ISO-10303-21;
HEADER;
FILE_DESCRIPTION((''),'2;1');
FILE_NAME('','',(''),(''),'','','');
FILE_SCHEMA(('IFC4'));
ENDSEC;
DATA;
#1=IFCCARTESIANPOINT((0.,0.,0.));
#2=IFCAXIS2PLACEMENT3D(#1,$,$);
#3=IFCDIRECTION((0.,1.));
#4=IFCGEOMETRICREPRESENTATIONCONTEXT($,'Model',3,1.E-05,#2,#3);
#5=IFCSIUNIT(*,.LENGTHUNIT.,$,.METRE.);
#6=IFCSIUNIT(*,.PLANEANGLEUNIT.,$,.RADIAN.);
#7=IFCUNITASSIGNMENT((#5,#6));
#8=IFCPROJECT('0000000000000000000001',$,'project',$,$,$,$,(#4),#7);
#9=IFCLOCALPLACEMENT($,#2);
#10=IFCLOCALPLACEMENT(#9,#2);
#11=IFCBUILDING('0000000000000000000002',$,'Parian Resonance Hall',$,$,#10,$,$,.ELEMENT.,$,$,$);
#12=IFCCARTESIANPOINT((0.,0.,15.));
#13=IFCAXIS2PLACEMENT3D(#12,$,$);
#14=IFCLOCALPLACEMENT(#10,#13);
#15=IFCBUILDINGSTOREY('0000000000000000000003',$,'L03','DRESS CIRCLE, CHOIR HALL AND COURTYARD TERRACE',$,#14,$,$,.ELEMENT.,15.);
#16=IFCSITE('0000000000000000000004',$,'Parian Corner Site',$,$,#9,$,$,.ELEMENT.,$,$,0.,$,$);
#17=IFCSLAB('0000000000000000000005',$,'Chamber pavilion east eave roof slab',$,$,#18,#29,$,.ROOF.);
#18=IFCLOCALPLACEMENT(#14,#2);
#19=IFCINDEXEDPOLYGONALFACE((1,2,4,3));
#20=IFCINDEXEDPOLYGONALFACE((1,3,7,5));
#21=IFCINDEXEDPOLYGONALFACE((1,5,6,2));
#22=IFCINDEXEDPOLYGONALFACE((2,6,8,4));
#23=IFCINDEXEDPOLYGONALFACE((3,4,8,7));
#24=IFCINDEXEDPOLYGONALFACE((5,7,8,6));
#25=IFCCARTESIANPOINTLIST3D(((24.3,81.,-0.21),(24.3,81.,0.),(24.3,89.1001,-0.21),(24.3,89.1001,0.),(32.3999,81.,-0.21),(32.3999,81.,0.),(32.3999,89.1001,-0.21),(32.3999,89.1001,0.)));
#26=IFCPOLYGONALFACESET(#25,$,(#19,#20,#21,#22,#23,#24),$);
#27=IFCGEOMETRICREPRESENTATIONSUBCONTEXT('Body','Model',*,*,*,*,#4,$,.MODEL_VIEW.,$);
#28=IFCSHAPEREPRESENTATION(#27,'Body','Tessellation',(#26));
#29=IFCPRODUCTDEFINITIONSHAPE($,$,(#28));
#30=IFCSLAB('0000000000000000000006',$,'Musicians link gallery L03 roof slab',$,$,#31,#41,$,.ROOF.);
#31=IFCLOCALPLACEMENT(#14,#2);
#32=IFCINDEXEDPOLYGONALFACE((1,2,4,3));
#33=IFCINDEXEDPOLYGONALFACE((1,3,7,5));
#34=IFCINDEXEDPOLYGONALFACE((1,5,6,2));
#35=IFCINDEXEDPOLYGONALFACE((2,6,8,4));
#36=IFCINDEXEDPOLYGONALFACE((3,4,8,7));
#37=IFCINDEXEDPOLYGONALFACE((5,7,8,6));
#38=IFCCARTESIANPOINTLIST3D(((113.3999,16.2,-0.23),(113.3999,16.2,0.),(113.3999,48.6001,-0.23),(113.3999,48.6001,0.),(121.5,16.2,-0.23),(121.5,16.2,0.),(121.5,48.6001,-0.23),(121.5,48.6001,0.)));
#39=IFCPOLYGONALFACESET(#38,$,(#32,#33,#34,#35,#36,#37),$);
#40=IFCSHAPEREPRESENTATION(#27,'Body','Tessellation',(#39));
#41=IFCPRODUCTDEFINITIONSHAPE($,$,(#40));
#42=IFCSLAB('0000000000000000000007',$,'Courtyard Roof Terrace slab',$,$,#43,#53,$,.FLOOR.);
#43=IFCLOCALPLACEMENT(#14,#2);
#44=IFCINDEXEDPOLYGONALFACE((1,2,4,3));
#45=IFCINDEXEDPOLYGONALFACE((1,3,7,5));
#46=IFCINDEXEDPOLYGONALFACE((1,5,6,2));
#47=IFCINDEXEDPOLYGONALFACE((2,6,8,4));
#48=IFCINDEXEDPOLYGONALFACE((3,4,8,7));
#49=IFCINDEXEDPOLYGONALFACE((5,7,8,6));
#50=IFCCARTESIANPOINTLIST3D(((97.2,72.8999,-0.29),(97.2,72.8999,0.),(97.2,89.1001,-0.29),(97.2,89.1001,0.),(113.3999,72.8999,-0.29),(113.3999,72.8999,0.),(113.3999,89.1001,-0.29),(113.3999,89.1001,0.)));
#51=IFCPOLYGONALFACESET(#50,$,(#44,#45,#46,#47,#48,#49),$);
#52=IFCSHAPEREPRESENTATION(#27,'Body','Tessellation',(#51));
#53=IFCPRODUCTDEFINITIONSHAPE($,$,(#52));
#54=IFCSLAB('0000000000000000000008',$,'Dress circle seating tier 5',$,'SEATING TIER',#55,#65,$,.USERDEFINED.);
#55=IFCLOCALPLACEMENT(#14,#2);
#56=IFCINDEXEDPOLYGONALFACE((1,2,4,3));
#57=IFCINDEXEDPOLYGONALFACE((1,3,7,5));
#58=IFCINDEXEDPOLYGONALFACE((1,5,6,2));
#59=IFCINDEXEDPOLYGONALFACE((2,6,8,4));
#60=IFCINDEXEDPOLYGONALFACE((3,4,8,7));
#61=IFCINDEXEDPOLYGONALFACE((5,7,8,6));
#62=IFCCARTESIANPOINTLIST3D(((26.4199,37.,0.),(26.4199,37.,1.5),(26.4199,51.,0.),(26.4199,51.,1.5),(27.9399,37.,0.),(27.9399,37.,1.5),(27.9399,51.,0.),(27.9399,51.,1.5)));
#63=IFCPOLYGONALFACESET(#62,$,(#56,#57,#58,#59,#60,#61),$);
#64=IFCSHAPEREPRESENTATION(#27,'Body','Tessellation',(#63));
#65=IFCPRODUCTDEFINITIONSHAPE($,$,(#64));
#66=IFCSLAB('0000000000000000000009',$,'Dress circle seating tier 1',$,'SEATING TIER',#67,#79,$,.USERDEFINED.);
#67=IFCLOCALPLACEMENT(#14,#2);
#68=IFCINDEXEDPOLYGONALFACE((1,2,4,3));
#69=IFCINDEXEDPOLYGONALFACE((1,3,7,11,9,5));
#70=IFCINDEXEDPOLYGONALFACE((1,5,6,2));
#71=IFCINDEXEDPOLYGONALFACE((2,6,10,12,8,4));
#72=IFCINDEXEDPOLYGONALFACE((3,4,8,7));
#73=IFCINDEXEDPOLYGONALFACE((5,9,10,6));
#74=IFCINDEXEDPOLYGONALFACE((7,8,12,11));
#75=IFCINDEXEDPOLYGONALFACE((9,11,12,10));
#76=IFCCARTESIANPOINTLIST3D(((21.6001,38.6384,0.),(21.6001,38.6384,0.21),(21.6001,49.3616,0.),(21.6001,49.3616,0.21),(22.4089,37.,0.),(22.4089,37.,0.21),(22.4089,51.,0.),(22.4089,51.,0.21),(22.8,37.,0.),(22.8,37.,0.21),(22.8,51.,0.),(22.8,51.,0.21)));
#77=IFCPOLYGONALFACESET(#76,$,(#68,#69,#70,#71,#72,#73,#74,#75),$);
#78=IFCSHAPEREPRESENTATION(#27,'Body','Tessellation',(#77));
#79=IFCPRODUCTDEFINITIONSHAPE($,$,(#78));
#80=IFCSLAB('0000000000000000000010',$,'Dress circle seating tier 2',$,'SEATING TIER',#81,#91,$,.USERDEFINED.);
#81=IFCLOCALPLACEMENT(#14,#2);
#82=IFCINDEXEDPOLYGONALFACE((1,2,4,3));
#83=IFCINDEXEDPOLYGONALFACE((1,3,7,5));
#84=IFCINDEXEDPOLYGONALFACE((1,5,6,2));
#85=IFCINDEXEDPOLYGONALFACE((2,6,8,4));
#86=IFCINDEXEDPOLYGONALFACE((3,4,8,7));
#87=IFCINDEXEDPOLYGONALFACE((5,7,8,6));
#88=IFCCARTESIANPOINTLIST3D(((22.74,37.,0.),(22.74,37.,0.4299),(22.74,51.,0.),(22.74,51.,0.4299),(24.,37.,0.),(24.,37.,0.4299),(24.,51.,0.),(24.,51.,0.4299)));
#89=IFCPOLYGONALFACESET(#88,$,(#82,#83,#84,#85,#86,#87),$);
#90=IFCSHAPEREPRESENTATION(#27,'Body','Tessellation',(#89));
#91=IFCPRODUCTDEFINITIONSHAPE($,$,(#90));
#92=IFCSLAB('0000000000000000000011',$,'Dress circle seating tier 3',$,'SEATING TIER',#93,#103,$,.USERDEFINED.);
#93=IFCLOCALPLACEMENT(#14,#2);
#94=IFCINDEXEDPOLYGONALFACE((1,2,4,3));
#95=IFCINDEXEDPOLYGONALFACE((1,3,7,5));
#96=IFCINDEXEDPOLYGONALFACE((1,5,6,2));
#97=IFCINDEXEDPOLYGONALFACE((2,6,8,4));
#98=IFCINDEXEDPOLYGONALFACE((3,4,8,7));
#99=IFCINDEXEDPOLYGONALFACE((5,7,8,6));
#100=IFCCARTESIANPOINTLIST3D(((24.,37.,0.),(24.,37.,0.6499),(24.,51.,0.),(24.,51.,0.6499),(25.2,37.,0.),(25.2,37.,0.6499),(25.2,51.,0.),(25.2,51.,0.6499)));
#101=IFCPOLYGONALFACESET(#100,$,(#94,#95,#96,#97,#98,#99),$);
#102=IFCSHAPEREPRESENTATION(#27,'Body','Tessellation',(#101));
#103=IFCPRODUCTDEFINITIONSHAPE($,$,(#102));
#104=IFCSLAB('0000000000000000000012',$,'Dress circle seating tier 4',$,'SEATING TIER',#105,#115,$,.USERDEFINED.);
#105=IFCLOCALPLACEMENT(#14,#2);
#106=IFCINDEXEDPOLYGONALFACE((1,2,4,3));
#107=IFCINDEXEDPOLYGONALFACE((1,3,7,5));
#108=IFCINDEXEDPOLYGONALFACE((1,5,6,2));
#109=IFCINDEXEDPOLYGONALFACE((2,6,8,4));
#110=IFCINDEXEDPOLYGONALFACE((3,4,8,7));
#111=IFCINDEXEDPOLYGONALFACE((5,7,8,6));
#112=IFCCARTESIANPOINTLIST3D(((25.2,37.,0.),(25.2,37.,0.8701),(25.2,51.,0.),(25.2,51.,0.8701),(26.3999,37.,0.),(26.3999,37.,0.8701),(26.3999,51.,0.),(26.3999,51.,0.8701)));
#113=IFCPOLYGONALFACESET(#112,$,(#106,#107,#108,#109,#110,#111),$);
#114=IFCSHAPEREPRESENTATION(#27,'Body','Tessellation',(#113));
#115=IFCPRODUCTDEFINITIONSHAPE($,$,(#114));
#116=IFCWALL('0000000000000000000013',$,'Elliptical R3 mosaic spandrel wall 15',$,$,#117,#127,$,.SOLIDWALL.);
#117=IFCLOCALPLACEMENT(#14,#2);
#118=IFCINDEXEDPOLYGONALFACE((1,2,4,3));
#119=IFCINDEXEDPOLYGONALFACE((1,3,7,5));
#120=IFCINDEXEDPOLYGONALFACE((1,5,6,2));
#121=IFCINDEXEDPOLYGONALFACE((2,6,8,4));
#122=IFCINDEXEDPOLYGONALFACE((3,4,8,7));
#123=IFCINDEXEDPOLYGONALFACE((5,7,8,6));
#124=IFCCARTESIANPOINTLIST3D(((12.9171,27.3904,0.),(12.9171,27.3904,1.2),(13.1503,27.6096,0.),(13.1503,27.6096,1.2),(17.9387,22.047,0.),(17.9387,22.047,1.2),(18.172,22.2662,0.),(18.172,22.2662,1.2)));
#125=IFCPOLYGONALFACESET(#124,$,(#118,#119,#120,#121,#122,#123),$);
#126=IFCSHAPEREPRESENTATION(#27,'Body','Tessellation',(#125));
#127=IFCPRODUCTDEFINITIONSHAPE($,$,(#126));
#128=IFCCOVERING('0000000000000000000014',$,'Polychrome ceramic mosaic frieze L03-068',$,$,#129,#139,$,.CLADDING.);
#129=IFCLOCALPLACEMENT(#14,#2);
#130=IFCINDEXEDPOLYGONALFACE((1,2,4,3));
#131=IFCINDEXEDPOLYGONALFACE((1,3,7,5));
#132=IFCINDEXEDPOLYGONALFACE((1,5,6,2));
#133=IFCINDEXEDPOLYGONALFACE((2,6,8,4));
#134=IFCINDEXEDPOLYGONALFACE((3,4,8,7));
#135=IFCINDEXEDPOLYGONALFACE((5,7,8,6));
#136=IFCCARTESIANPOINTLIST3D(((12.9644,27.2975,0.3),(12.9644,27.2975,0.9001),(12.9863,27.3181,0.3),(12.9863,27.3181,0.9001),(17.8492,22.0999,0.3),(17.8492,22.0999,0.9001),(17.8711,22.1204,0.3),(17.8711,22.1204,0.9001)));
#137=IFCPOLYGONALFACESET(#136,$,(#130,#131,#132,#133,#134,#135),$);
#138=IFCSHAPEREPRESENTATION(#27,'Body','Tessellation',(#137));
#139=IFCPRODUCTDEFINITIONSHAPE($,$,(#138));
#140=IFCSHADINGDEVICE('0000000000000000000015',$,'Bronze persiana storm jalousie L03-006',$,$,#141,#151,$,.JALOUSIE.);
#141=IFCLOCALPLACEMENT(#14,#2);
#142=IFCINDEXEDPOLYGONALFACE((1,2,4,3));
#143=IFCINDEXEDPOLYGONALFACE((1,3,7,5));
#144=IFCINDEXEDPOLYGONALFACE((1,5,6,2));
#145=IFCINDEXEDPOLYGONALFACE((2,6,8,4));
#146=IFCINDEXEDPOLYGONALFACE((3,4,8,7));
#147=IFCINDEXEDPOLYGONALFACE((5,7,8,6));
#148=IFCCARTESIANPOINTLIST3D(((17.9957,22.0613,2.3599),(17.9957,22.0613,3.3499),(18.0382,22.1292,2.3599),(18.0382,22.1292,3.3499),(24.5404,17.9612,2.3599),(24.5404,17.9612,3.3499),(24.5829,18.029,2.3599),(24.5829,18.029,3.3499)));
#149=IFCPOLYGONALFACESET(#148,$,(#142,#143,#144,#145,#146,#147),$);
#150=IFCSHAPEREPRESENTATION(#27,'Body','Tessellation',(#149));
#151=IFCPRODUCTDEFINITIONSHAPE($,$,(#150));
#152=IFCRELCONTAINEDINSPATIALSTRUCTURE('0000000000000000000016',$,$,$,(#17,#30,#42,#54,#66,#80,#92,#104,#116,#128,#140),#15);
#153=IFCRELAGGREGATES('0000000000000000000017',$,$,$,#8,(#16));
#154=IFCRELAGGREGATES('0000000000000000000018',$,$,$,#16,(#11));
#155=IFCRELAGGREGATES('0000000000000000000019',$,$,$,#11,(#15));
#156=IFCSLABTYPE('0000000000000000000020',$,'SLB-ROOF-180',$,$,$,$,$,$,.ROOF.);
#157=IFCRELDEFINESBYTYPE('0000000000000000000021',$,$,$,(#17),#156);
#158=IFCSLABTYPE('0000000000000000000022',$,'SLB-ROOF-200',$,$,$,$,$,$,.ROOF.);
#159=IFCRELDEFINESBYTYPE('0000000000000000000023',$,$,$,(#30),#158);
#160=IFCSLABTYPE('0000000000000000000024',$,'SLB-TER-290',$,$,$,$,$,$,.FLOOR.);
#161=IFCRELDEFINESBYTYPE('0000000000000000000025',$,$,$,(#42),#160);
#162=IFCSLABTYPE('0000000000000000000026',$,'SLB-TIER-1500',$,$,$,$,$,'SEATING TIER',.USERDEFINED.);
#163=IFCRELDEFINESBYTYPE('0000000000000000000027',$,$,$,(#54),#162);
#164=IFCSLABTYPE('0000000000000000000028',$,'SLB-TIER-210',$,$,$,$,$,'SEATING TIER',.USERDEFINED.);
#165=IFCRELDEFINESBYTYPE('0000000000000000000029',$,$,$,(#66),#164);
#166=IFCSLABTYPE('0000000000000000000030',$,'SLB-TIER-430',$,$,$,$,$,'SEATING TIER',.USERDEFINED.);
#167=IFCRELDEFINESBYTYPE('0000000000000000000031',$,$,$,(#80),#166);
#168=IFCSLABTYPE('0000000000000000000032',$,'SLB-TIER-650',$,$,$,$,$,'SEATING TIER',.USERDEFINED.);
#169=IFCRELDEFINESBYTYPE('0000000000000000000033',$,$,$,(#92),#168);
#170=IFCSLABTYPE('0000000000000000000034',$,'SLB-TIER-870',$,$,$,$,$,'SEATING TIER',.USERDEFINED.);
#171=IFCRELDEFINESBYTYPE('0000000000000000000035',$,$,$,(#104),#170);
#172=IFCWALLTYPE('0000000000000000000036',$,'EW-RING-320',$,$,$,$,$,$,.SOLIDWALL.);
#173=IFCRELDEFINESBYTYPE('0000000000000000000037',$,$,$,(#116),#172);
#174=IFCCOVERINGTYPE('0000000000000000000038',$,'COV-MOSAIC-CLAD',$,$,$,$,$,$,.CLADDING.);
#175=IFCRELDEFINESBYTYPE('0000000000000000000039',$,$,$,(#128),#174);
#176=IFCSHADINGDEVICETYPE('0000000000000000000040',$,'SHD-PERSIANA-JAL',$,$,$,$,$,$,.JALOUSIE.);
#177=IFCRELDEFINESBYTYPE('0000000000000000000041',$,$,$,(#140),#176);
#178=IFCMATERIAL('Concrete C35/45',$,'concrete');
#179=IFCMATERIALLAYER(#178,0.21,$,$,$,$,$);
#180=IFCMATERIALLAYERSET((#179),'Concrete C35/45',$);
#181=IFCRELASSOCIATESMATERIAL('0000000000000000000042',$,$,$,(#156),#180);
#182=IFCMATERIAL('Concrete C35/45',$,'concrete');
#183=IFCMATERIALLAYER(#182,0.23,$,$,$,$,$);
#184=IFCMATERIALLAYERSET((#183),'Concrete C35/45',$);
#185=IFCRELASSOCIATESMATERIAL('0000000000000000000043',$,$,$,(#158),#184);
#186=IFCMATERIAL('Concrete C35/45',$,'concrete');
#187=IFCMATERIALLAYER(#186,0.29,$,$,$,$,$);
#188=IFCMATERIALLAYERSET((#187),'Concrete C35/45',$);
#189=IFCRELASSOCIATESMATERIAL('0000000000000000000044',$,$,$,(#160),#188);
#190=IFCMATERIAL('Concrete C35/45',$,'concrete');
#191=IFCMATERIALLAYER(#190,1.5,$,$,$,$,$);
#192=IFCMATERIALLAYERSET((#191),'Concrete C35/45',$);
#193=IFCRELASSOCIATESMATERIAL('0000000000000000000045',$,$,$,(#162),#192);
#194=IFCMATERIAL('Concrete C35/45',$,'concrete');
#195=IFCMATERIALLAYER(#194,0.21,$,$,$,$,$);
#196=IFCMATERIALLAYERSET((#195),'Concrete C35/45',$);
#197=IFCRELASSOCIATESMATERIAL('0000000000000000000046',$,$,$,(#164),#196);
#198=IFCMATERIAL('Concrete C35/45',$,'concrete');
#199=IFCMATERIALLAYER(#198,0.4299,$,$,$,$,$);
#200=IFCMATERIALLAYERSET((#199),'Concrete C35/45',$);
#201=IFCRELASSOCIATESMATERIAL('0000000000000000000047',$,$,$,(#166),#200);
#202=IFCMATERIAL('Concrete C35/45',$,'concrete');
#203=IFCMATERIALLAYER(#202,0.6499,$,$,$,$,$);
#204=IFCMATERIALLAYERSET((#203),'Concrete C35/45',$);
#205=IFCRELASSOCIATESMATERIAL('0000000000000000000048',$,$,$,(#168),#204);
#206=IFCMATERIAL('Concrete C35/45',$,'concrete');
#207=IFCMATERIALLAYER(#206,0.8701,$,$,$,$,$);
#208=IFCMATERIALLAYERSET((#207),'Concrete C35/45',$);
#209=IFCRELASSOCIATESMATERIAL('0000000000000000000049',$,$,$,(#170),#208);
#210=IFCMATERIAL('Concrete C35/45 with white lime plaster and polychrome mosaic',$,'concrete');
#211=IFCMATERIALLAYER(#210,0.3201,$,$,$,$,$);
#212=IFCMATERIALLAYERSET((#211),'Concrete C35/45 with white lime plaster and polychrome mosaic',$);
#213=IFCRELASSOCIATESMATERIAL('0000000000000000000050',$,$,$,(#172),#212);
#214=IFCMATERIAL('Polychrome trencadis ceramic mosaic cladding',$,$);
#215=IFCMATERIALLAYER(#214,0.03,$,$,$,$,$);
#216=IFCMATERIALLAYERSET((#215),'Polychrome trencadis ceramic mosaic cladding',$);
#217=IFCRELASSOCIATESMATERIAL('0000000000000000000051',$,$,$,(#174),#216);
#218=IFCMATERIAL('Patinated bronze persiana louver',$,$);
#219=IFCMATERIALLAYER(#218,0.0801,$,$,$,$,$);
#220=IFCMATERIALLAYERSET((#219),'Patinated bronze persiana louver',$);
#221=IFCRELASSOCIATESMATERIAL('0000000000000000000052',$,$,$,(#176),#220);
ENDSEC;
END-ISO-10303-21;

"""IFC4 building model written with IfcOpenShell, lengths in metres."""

from ifc_helpers import new_model, si_unit, direction, frame, frame_2d, origin, origin_2d, place, context, subcontext, project, spatial, polyline, rectangle, outline, extrude, material, layer, layer_set, type_object, element, save


model = new_model("IFC4")

# Units and contexts
model_context = context("Model", 3, precision=1e-05, world=origin(), true_north=direction((0.0, 1.0)))
body_context = subcontext(model_context, "Body", "Model", "MODEL_VIEW")
ifc_project = project(units=[si_unit("LENGTHUNIT", "METRE"), si_unit("PLANEANGLEUNIT", "RADIAN")], contexts=[model_context])

# Site, building, storey
site_placement = place(None, origin())
site = spatial("IfcSite", under=ifc_project, at=site_placement, Name="Parian Corner Site", CompositionType="ELEMENT", RefElevation=0.0)
building_placement = place(site_placement, origin())
building = spatial("IfcBuilding", under=site, at=building_placement, Name="Parian Resonance Hall", CompositionType="ELEMENT")
storey_placement = place(building_placement, frame((0.0, 0.0, 15.0)))
storey = spatial("IfcBuildingStorey", under=building, at=storey_placement, Name="L03", Description="DRESS CIRCLE, CHOIR HALL AND COURTYARD TERRACE", CompositionType="ELEMENT", Elevation=15.0)

# Slabs
ifc_material_1 = material(Name="Concrete C35/45", Category="concrete")
ifc_layer_1 = layer(ifc_material_1, 0.21)
ifc_layer_set_1 = layer_set([ifc_layer_1], Name="Concrete C35/45")
slab_type_1 = type_object("IfcSlabType", Name="SLB-ROOF-180", PredefinedType="ROOF", material=ifc_layer_set_1)
slab_1_placement = place(storey_placement, frame((0.0, 0.0, -0.21)))
element("IfcSlab", 1, at=slab_1_placement, inside=storey, type_object=slab_type_1, Name="Chamber pavilion east eave roof slab", PredefinedType="ROOF", context=body_context, shape_type="SweptSolid", body=[
    extrude(outline(polyline([(24.3, 81.0), (32.3999, 81.0), (32.3999, 89.1001), (24.3, 89.1001), (24.3, 81.0)])), origin(), (0.0, 0.0, 1.0), 0.21),
])
ifc_material_2 = material(Name="Concrete C35/45", Category="concrete")
ifc_layer_2 = layer(ifc_material_2, 0.23)
ifc_layer_set_2 = layer_set([ifc_layer_2], Name="Concrete C35/45")
slab_type_2 = type_object("IfcSlabType", Name="SLB-ROOF-200", PredefinedType="ROOF", material=ifc_layer_set_2)
slab_2_placement = place(storey_placement, frame((0.0, 0.0, -0.23)))
element("IfcSlab", 2, at=slab_2_placement, inside=storey, type_object=slab_type_2, Name="Musicians link gallery L03 roof slab", PredefinedType="ROOF", context=body_context, shape_type="SweptSolid", body=[
    extrude(outline(polyline([(113.3999, 16.2), (121.5, 16.2), (121.5, 48.6001), (113.3999, 48.6001), (113.3999, 16.2)])), origin(), (0.0, 0.0, 1.0), 0.23),
])
ifc_material_3 = material(Name="Concrete C35/45", Category="concrete")
ifc_layer_3 = layer(ifc_material_3, 0.29)
ifc_layer_set_3 = layer_set([ifc_layer_3], Name="Concrete C35/45")
slab_type_3 = type_object("IfcSlabType", Name="SLB-TER-290", PredefinedType="FLOOR", material=ifc_layer_set_3)
slab_3_placement = place(storey_placement, frame((0.0, 0.0, -0.29)))
element("IfcSlab", 3, at=slab_3_placement, inside=storey, type_object=slab_type_3, Name="Courtyard Roof Terrace slab", PredefinedType="FLOOR", context=body_context, shape_type="SweptSolid", body=[
    extrude(outline(polyline([(97.2, 72.8999), (113.3999, 72.8999), (113.3999, 89.1001), (97.2, 89.1001), (97.2, 72.8999)])), origin(), (0.0, 0.0, 1.0), 0.29),
])
ifc_material_4 = material(Name="Concrete C35/45", Category="concrete")
ifc_layer_4 = layer(ifc_material_4, 1.5)
ifc_layer_set_4 = layer_set([ifc_layer_4], Name="Concrete C35/45")
slab_type_4 = type_object("IfcSlabType", Name="SLB-TIER-1500", ElementType="SEATING TIER", PredefinedType="USERDEFINED", material=ifc_layer_set_4)
slab_4_placement = place(storey_placement, origin())
element("IfcSlab", 4, at=slab_4_placement, inside=storey, type_object=slab_type_4, Name="Dress circle seating tier 5", ObjectType="SEATING TIER", PredefinedType="USERDEFINED", context=body_context, shape_type="SweptSolid", body=[
    extrude(outline(polyline([(26.4199, 37.0), (27.9399, 37.0), (27.9399, 51.0), (26.4199, 51.0), (26.4199, 37.0)])), origin(), (0.0, 0.0, 1.0), 1.5),
])
ifc_material_5 = material(Name="Concrete C35/45", Category="concrete")
ifc_layer_5 = layer(ifc_material_5, 0.21)
ifc_layer_set_5 = layer_set([ifc_layer_5], Name="Concrete C35/45")
slab_type_5 = type_object("IfcSlabType", Name="SLB-TIER-210", ElementType="SEATING TIER", PredefinedType="USERDEFINED", material=ifc_layer_set_5)
slab_5_placement = place(storey_placement, origin())
element("IfcSlab", 5, at=slab_5_placement, inside=storey, type_object=slab_type_5, Name="Dress circle seating tier 1", ObjectType="SEATING TIER", PredefinedType="USERDEFINED", context=body_context, shape_type="SweptSolid", body=[
    extrude(outline(polyline([(22.4089, 51.0), (21.6001, 49.3616), (21.6001, 38.6384), (22.4089, 37.0), (22.8, 37.0), (22.8, 51.0), (22.4089, 51.0)])), origin(), (0.0, 0.0, 1.0), 0.21),
])
ifc_material_6 = material(Name="Concrete C35/45", Category="concrete")
ifc_layer_6 = layer(ifc_material_6, 0.4299)
ifc_layer_set_6 = layer_set([ifc_layer_6], Name="Concrete C35/45")
slab_type_6 = type_object("IfcSlabType", Name="SLB-TIER-430", ElementType="SEATING TIER", PredefinedType="USERDEFINED", material=ifc_layer_set_6)
slab_6_placement = place(storey_placement, origin())
element("IfcSlab", 6, at=slab_6_placement, inside=storey, type_object=slab_type_6, Name="Dress circle seating tier 2", ObjectType="SEATING TIER", PredefinedType="USERDEFINED", context=body_context, shape_type="SweptSolid", body=[
    extrude(outline(polyline([(22.74, 37.0), (24.0, 37.0), (24.0, 51.0), (22.74, 51.0), (22.74, 37.0)])), origin(), (0.0, 0.0, 1.0), 0.4299),
])
ifc_material_7 = material(Name="Concrete C35/45", Category="concrete")
ifc_layer_7 = layer(ifc_material_7, 0.6499)
ifc_layer_set_7 = layer_set([ifc_layer_7], Name="Concrete C35/45")
slab_type_7 = type_object("IfcSlabType", Name="SLB-TIER-650", ElementType="SEATING TIER", PredefinedType="USERDEFINED", material=ifc_layer_set_7)
slab_7_placement = place(storey_placement, origin())
element("IfcSlab", 7, at=slab_7_placement, inside=storey, type_object=slab_type_7, Name="Dress circle seating tier 3", ObjectType="SEATING TIER", PredefinedType="USERDEFINED", context=body_context, shape_type="SweptSolid", body=[
    extrude(outline(polyline([(24.0, 37.0), (25.2, 37.0), (25.2, 51.0), (24.0, 51.0), (24.0, 37.0)])), origin(), (0.0, 0.0, 1.0), 0.6499),
])
ifc_material_8 = material(Name="Concrete C35/45", Category="concrete")
ifc_layer_8 = layer(ifc_material_8, 0.8701)
ifc_layer_set_8 = layer_set([ifc_layer_8], Name="Concrete C35/45")
slab_type_8 = type_object("IfcSlabType", Name="SLB-TIER-870", ElementType="SEATING TIER", PredefinedType="USERDEFINED", material=ifc_layer_set_8)
slab_8_placement = place(storey_placement, origin())
element("IfcSlab", 8, at=slab_8_placement, inside=storey, type_object=slab_type_8, Name="Dress circle seating tier 4", ObjectType="SEATING TIER", PredefinedType="USERDEFINED", context=body_context, shape_type="SweptSolid", body=[
    extrude(outline(polyline([(25.2, 37.0), (26.3999, 37.0), (26.3999, 51.0), (25.2, 51.0), (25.2, 37.0)])), origin(), (0.0, 0.0, 1.0), 0.8701),
])

# Wall
ifc_material_9 = material(Name="Concrete C35/45 with white lime plaster and polychrome mosaic", Category="concrete")
ifc_layer_9 = layer(ifc_material_9, 0.3201)
ifc_layer_set_9 = layer_set([ifc_layer_9], Name="Concrete C35/45 with white lime plaster and polychrome mosaic")
wall_type = type_object("IfcWallType", Name="EW-RING-320", PredefinedType="SOLIDWALL", material=ifc_layer_set_9)
wall_placement = place(storey_placement, frame((18.0554, 22.1565, 0.0), z_axis=(0.0, 0.0, 1.0), x_axis=(-0.684826, 0.728707, 0.0)))
element("IfcWall", 9, at=wall_placement, inside=storey, type_object=wall_type, Name="Elliptical R3 mosaic spandrel wall 15", PredefinedType="SOLIDWALL", context=body_context, shape_type="SweptSolid", body=[
    extrude(rectangle(XDim=7.3328, YDim=0.3201, at=frame_2d((3.6665, 0.0))), origin(), (0.0, 0.0, 1.0), 1.2),
])

# Covering
ifc_material_10 = material(Name="Polychrome trencadis ceramic mosaic cladding")
ifc_layer_10 = layer(ifc_material_10, 0.03)
ifc_layer_set_10 = layer_set([ifc_layer_10], Name="Polychrome trencadis ceramic mosaic cladding")
covering_type = type_object("IfcCoveringType", Name="COV-MOSAIC-CLAD", PredefinedType="CLADDING", material=ifc_layer_set_10)
covering_placement = place(storey_placement, frame((15.4177, 24.709, 0.3), z_axis=(0.0, 0.0, 1.0), x_axis=(-0.684838, 0.728695, 0.0)))
element("IfcCovering", 10, at=covering_placement, inside=storey, type_object=covering_type, Name="Polychrome ceramic mosaic frieze L03-068", PredefinedType="CLADDING", context=body_context, shape_type="SweptSolid", body=[
    extrude(rectangle(XDim=7.1328, YDim=0.03, at=origin_2d()), origin(), (0.0, 0.0, 1.0), 0.6001),
])

# Shading device
ifc_material_11 = material(Name="Patinated bronze persiana louver")
ifc_layer_11 = layer(ifc_material_11, 0.0801)
ifc_layer_set_11 = layer_set([ifc_layer_11], Name="Patinated bronze persiana louver")
shading_device_type = type_object("IfcShadingDeviceType", Name="SHD-PERSIANA-JAL", PredefinedType="JALOUSIE", material=ifc_layer_set_11)
shading_device_placement = place(storey_placement, frame((21.2893, 20.0452, 2.3599), z_axis=(0.0, 0.0, 1.0), x_axis=(-0.847432, 0.530905, 0.0)))
element("IfcShadingDevice", 11, at=shading_device_placement, inside=storey, type_object=shading_device_type, Name="Bronze persiana storm jalousie L03-006", PredefinedType="JALOUSIE", context=body_context, shape_type="SweptSolid", body=[
    extrude(rectangle(XDim=7.7229, YDim=0.0801, at=origin_2d()), origin(), (0.0, 0.0, 1.0), 0.99),
])

save(model, "model.ifc")
